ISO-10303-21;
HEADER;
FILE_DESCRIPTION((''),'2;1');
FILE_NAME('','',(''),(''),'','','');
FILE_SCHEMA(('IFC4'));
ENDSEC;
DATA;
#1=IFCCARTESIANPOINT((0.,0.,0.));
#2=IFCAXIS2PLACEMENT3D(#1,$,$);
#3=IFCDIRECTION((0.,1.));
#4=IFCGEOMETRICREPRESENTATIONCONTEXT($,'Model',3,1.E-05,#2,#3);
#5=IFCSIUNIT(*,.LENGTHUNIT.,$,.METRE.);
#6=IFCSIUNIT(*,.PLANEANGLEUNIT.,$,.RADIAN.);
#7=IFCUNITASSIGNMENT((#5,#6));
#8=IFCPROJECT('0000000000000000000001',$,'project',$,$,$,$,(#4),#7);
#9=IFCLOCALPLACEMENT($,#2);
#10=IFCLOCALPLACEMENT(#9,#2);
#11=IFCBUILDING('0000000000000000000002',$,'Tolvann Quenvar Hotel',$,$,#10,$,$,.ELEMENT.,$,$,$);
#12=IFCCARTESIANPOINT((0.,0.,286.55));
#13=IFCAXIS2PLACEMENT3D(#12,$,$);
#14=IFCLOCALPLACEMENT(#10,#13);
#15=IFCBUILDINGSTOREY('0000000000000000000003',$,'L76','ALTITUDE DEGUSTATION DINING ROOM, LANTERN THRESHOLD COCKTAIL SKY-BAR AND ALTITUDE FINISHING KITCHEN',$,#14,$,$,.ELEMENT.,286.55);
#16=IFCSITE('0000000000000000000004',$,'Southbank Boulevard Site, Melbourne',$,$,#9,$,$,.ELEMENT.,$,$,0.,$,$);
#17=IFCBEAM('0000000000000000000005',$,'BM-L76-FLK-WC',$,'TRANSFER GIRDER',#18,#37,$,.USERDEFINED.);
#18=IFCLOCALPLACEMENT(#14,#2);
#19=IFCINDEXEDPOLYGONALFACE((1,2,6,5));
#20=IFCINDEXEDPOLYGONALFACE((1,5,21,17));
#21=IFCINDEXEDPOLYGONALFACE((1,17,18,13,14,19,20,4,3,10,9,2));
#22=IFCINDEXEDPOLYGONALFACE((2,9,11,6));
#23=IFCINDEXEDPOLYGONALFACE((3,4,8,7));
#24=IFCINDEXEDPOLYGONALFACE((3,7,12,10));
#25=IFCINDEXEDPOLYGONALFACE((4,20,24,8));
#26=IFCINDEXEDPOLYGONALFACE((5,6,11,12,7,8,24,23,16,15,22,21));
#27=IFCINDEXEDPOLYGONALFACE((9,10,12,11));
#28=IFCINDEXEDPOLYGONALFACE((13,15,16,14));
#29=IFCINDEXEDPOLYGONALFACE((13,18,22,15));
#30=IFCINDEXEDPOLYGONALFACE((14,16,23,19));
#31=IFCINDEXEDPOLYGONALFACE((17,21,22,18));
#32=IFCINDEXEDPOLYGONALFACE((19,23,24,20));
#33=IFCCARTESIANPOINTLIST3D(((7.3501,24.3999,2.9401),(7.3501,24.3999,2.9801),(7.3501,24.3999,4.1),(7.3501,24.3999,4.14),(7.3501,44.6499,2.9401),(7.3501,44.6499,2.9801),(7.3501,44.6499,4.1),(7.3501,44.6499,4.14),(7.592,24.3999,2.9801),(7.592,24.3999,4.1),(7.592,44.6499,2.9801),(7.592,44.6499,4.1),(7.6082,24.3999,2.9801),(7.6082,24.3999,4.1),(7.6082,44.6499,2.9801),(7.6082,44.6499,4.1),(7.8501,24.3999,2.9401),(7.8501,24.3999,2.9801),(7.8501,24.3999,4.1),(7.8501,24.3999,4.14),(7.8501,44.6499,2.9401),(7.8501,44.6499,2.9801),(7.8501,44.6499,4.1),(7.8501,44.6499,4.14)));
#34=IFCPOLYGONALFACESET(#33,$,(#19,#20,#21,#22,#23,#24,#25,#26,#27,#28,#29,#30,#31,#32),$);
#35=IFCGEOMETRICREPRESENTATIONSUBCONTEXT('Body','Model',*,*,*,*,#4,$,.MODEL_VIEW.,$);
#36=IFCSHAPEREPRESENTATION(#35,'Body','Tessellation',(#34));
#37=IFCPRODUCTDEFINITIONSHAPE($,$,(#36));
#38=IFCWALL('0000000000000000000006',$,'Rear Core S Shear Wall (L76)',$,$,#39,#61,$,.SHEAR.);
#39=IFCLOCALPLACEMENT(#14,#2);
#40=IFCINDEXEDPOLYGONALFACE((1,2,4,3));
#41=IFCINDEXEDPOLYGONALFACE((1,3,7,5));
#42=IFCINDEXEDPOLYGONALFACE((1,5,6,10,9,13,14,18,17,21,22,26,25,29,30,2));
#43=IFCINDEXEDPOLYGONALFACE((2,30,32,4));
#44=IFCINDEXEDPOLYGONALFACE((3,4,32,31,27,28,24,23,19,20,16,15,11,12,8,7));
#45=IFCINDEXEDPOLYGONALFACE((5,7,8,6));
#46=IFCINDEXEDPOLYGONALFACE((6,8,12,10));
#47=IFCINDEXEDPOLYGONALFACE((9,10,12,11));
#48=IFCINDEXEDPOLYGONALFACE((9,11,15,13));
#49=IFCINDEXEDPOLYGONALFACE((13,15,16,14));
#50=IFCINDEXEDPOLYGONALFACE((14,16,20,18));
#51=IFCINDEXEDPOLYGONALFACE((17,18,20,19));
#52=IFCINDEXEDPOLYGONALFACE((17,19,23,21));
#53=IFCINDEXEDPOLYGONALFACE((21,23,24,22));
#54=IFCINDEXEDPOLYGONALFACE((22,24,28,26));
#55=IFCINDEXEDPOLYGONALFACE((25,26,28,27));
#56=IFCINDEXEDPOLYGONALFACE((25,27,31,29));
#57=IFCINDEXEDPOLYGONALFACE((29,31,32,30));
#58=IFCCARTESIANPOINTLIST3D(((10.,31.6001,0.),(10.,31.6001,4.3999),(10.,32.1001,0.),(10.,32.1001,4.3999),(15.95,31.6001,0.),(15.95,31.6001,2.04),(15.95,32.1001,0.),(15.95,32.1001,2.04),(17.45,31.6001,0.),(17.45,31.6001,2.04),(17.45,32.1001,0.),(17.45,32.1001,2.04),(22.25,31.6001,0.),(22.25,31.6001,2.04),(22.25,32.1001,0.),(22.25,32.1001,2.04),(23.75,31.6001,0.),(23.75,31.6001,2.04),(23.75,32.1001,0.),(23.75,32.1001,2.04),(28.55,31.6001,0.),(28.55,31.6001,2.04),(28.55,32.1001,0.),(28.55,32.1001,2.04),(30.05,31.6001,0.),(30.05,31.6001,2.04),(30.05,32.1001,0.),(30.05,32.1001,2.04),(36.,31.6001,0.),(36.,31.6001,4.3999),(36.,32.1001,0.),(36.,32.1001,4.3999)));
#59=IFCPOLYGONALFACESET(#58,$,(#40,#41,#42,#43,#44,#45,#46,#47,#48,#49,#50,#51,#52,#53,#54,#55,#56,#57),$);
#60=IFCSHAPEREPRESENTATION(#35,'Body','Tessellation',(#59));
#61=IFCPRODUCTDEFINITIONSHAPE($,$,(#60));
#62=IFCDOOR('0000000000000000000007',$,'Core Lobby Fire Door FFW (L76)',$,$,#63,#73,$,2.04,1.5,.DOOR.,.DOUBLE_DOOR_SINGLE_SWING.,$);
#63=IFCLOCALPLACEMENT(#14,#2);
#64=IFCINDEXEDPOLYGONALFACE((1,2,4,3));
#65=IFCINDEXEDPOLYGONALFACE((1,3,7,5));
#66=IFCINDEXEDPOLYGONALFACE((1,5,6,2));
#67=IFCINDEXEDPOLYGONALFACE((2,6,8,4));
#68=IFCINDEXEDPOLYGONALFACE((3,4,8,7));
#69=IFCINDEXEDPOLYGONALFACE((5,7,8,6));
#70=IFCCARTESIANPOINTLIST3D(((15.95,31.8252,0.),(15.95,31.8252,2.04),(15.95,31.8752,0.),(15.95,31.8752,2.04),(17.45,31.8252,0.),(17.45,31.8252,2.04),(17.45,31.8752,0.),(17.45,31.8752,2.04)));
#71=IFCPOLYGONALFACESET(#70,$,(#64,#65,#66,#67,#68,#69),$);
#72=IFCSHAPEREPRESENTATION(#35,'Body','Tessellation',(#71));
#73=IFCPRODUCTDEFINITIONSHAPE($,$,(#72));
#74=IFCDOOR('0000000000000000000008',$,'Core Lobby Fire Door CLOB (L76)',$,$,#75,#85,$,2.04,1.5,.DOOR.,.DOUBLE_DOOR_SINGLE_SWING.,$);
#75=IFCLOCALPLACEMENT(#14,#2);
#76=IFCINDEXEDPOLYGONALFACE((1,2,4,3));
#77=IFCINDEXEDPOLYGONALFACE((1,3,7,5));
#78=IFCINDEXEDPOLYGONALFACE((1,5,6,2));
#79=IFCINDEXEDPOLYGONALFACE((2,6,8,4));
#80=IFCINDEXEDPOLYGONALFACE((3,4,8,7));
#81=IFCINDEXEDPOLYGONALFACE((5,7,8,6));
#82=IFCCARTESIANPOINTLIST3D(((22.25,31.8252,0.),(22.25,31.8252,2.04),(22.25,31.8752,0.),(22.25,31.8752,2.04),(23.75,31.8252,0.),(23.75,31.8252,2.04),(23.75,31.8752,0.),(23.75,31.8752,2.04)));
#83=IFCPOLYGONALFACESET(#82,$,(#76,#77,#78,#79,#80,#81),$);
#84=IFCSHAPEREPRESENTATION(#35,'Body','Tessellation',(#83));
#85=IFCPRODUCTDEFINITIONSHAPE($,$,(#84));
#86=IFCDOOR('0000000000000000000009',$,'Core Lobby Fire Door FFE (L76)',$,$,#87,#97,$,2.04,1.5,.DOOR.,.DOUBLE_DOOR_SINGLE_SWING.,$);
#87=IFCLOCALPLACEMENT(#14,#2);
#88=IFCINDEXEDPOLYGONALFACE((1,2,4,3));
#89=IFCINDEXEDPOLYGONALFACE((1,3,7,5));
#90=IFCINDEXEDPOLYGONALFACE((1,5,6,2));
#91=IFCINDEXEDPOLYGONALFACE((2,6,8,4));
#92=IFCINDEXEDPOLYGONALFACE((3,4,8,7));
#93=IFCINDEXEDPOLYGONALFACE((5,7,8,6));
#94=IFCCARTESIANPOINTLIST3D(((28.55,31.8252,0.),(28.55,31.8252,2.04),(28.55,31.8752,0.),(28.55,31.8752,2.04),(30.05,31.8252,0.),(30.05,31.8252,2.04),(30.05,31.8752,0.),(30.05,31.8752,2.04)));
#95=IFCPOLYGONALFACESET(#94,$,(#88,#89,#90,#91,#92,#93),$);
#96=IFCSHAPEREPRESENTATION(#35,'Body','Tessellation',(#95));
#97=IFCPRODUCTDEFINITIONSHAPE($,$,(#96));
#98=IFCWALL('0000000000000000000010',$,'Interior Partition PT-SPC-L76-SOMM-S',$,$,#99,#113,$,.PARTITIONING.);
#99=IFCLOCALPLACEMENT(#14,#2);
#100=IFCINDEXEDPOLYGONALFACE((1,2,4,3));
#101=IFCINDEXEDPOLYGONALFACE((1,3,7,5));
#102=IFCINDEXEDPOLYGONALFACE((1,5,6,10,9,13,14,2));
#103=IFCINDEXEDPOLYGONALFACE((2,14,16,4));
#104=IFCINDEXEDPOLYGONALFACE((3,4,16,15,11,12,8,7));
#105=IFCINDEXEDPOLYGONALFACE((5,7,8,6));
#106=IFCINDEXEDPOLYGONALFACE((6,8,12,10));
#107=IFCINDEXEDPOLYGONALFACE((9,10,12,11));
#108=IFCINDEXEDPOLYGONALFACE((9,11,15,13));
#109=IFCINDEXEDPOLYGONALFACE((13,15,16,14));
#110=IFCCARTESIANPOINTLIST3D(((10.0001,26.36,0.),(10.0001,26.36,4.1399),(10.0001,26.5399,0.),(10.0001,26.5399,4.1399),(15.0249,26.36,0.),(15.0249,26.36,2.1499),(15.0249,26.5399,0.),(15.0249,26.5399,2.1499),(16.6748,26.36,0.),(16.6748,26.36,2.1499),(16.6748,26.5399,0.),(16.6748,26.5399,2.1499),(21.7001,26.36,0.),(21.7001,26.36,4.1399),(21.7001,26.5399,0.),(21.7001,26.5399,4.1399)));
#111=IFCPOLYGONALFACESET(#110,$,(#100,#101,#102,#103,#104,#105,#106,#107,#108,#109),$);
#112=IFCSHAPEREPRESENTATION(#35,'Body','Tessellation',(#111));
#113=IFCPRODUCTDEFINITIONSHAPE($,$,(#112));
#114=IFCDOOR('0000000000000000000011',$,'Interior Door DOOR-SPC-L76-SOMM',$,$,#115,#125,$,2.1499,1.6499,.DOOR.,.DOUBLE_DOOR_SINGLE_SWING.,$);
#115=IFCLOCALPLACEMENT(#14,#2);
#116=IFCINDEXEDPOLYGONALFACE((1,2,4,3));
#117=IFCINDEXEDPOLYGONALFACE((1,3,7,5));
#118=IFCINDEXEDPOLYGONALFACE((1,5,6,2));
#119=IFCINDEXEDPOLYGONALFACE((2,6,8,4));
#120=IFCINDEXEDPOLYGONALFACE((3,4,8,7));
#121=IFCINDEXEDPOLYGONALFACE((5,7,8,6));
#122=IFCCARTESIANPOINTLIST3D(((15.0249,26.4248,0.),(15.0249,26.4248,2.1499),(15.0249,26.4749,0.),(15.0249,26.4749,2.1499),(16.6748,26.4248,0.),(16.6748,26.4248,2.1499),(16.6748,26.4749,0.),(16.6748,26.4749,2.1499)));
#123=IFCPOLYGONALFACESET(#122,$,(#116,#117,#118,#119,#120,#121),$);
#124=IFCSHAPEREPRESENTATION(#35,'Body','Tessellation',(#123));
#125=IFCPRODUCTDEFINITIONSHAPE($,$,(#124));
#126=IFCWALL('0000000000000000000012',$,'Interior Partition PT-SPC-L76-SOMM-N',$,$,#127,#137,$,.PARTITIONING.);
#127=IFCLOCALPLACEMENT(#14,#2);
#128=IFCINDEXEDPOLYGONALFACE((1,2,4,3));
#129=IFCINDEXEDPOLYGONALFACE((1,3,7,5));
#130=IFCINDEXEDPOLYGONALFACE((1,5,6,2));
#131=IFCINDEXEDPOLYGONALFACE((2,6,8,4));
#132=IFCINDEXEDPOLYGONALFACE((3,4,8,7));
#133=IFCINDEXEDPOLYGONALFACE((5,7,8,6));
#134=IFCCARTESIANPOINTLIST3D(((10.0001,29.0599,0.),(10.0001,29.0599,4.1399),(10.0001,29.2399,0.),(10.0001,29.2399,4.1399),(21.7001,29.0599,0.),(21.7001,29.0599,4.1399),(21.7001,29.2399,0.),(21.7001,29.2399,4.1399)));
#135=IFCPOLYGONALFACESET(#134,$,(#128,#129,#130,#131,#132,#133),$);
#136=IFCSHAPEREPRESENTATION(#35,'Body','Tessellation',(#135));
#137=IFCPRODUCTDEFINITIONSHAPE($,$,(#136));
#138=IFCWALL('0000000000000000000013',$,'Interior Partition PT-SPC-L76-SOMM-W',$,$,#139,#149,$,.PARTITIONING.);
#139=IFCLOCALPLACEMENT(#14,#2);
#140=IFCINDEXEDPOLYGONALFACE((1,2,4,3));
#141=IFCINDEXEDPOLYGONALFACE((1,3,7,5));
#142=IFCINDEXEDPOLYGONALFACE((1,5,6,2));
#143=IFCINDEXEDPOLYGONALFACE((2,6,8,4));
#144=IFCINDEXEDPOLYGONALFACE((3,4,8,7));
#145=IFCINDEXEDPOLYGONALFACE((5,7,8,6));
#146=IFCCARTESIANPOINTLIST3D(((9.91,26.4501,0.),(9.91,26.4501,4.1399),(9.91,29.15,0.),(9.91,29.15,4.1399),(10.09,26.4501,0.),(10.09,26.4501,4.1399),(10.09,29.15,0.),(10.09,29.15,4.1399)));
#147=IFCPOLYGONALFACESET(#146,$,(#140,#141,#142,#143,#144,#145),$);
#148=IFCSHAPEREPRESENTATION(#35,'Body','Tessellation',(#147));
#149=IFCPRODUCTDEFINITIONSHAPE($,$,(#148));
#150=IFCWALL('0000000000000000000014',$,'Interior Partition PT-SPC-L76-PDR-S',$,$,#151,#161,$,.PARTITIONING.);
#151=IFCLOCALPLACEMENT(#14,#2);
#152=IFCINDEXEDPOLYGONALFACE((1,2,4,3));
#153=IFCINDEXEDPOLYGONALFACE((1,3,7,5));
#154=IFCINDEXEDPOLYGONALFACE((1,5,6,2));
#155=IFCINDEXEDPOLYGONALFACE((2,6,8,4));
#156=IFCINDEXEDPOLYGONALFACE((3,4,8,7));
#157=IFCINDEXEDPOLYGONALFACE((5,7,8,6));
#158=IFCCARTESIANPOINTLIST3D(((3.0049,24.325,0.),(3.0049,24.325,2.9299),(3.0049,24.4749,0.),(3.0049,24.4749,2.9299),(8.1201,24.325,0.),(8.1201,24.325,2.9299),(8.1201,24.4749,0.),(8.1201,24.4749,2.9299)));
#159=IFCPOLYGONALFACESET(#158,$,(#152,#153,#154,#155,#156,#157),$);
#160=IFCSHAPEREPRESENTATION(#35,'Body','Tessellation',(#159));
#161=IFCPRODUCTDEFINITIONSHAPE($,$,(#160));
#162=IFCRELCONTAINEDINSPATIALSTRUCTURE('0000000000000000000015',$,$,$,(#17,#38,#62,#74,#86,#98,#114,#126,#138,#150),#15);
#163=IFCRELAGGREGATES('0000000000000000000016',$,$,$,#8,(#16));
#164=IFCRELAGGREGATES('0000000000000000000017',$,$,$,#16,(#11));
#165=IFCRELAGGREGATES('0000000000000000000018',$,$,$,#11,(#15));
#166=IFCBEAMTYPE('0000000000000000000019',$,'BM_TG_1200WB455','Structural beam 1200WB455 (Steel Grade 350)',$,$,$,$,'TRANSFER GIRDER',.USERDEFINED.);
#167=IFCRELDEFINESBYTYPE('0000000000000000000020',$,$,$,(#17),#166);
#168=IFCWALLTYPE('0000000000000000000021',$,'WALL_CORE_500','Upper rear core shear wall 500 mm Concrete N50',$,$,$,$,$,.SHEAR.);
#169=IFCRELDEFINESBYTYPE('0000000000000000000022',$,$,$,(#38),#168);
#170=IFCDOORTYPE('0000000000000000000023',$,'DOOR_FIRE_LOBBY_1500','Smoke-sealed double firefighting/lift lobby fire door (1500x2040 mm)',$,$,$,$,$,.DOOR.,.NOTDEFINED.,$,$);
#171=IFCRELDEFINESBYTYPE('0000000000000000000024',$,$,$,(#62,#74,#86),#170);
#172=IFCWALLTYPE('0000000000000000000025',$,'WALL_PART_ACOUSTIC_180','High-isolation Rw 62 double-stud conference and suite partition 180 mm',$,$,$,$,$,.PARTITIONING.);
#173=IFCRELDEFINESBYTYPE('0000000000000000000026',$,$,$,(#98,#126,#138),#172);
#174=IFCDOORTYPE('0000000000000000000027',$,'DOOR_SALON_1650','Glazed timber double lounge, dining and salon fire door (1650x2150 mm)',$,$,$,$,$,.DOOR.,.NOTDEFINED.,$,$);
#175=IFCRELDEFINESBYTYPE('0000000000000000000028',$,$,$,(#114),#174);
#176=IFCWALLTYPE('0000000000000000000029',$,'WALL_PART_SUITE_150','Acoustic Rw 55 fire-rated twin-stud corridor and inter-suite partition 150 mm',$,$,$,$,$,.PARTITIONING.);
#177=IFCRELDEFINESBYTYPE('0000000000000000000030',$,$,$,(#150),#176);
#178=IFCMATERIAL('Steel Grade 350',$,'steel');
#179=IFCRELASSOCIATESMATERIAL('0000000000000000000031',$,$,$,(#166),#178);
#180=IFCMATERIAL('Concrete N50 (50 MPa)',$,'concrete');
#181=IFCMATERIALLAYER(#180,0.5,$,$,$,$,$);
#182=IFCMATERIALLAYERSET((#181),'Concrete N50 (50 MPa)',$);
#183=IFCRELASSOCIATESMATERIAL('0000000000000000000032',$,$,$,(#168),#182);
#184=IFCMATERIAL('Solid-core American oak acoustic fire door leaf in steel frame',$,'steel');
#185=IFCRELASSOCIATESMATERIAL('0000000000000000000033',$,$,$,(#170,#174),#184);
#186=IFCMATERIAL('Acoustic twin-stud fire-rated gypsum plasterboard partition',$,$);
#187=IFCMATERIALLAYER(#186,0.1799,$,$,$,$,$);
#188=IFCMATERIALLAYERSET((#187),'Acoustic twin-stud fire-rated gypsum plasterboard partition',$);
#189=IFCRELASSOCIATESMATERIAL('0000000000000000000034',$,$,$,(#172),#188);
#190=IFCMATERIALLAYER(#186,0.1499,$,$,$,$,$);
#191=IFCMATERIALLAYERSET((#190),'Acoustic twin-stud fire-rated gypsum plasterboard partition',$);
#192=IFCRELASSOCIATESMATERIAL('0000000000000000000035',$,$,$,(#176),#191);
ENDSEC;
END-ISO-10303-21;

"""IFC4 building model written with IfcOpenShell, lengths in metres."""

from ifc_helpers import new_model, si_unit, direction, frame, frame_2d, origin, origin_2d, place, context, subcontext, project, spatial, rectangle, i_section, extrude, source, transform, mapped, material, layer, layer_set, material_profile, profile_set, type_object, type_shapes, element, fill, save


model = new_model("IFC4")

# Units and contexts
model_context = context("Model", 3, precision=1e-05, world=origin(), true_north=direction((0.0, 1.0)))
body_context = subcontext(model_context, "Body", "Model", "MODEL_VIEW")
ifc_project = project(units=[si_unit("LENGTHUNIT", "METRE"), si_unit("PLANEANGLEUNIT", "RADIAN")], contexts=[model_context])

# Site, building, storey
site_placement = place(None, origin())
site = spatial("IfcSite", under=ifc_project, at=site_placement, Name="Southbank Boulevard Site, Melbourne", CompositionType="ELEMENT", RefElevation=0.0)
building_placement = place(site_placement, origin())
building = spatial("IfcBuilding", under=site, at=building_placement, Name="Tolvann Quenvar Hotel", CompositionType="ELEMENT")
storey_placement = place(building_placement, frame((0.0, 0.0, 286.55)))
storey = spatial("IfcBuildingStorey", under=building, at=storey_placement, Name="L76", Description="ALTITUDE DEGUSTATION DINING ROOM, LANTERN THRESHOLD COCKTAIL SKY-BAR AND ALTITUDE FINISHING KITCHEN", CompositionType="ELEMENT", Elevation=286.55)

# Shared definitions
ifc_material_1 = material(Name="Steel Grade 350", Category="steel")

# Beam
ifc_material_profile_1 = material_profile(ifc_material_1, i_section(OverallWidth=0.5, OverallDepth=1.2, WebThickness=0.0161, FlangeThickness=0.04, at=origin_2d()), Name="1200WB455")
ifc_profile_set_1 = profile_set([ifc_material_profile_1], Name="Steel Grade 350")
beam_type_1 = type_object("IfcBeamType", Name="BM_TG_1200WB455", Description="Structural beam 1200WB455 (Steel Grade 350)", ElementType="TRANSFER GIRDER", PredefinedType="USERDEFINED", material=ifc_profile_set_1)
shared_shape_1 = source(origin(), body_context, "Body", "SweptSolid", [
    extrude(i_section(OverallWidth=0.5, OverallDepth=1.2, WebThickness=0.0161, FlangeThickness=0.04, at=origin_2d()), origin(), (0.0, 0.0, 1.0), 20.25),
])
beam_1_placement = place(storey_placement, frame((7.6001, 24.3999, 3.54), z_axis=(0.0, 1.0, 0.0), x_axis=(-1.0, 0.0, 0.0)))
element("IfcBeam", 1, at=beam_1_placement, inside=storey, type_object=beam_type_1, Name="BM-L76-FLK-WC", ObjectType="TRANSFER GIRDER", PredefinedType="USERDEFINED", context=body_context, shape_type="MappedRepresentation", body=[
    mapped(shared_shape_1, transform((0.0, 0.0, 0.0), x_axis=(1.0, 0.0, 0.0), y_axis=(0.0, 1.0, 0.0), z_axis=(0.0, 0.0, 1.0), scale=1.0)),
])

# Wall, openings, doors
ifc_material_2 = material(Name="Concrete N50 (50 MPa)", Category="concrete")
ifc_layer_1 = layer(ifc_material_2, 0.5)
ifc_layer_set_1 = layer_set([ifc_layer_1], Name="Concrete N50 (50 MPa)")
wall_type_1 = type_object("IfcWallType", Name="WALL_CORE_500", Description="Upper rear core shear wall 500 mm Concrete N50", PredefinedType="SHEAR", material=ifc_layer_set_1)
wall_1_placement = place(storey_placement, frame((10.0, 31.8501, 0.0), z_axis=(0.0, 0.0, 1.0), x_axis=(1.0, 0.0, 0.0)))
wall_1 = element("IfcWall", 2, at=wall_1_placement, inside=storey, type_object=wall_type_1, Name="Rear Core S Shear Wall (L76)", PredefinedType="SHEAR", context=body_context, shape_type="SweptSolid", body=[
    extrude(rectangle(XDim=26.0, YDim=0.5, at=frame_2d((13.0, 0.0))), origin(), (0.0, 0.0, 1.0), 4.3999),
])
opening_1_placement = place(wall_1_placement, frame((7.45, 0.0, 0.0), z_axis=(0.0, 0.0, 1.0), x_axis=(-1.0, 0.0, 0.0)))
opening_1 = element("IfcOpeningElement", 3, at=opening_1_placement, cuts=wall_1, PredefinedType="OPENING", context=body_context, shape_type="SweptSolid", body=[
    extrude(rectangle(XDim=1.5, YDim=2.04, at=frame_2d((0.75, 1.02))), frame((0.0, 0.26, 0.0), z_axis=(0.0, -1.0, 0.0), x_axis=(1.0, 0.0, 0.0)), (0.0, 0.0, 1.0), 0.52),
])
opening_2_placement = place(wall_1_placement, frame((13.75, 0.0, 0.0), z_axis=(0.0, 0.0, 1.0), x_axis=(-1.0, 0.0, 0.0)))
opening_2 = element("IfcOpeningElement", 4, at=opening_2_placement, cuts=wall_1, PredefinedType="OPENING", context=body_context, shape_type="SweptSolid", body=[
    extrude(rectangle(XDim=1.5, YDim=2.04, at=frame_2d((0.75, 1.02))), frame((0.0, 0.26, 0.0), z_axis=(0.0, -1.0, 0.0), x_axis=(1.0, 0.0, 0.0)), (0.0, 0.0, 1.0), 0.52),
])
opening_3_placement = place(wall_1_placement, frame((20.05, 0.0, 0.0), z_axis=(0.0, 0.0, 1.0), x_axis=(-1.0, 0.0, 0.0)))
opening_3 = element("IfcOpeningElement", 5, at=opening_3_placement, cuts=wall_1, PredefinedType="OPENING", context=body_context, shape_type="SweptSolid", body=[
    extrude(rectangle(XDim=1.5, YDim=2.04, at=frame_2d((0.75, 1.02))), frame((0.0, 0.26, 0.0), z_axis=(0.0, -1.0, 0.0), x_axis=(1.0, 0.0, 0.0)), (0.0, 0.0, 1.0), 0.52),
])
ifc_material_3 = material(Name="Solid-core American oak acoustic fire door leaf in steel frame", Category="steel")
door_type_1 = type_object("IfcDoorType", Name="DOOR_FIRE_LOBBY_1500", Description="Smoke-sealed double firefighting/lift lobby fire door (1500x2040 mm)", OperationType="NOTDEFINED", PredefinedType="DOOR", material=ifc_material_3)
shared_shape_2 = source(origin(), body_context, "Body", "SweptSolid", [
    extrude(rectangle(XDim=1.5, YDim=2.04, at=frame_2d((0.75, 1.02))), frame((0.0, 0.0249, 0.0), z_axis=(0.0, -1.0, 0.0), x_axis=(1.0, 0.0, 0.0)), (0.0, 0.0, 1.0), 0.05),
])
type_shapes(door_type_1, [shared_shape_2])
door_1_placement = place(opening_1_placement, origin())
door_1 = element("IfcDoor", 6, at=door_1_placement, inside=storey, type_object=door_type_1, Name="Core Lobby Fire Door FFW (L76)", OperationType="DOUBLE_DOOR_SINGLE_SWING", OverallHeight=2.04, OverallWidth=1.5, PredefinedType="DOOR", context=body_context, shape_type="MappedRepresentation", body=[
    mapped(shared_shape_2, transform((0.0, 0.0, 0.0), x_axis=(1.0, 0.0, 0.0), y_axis=(0.0, 1.0, 0.0), z_axis=(0.0, 0.0, 1.0), scale=1.0)),
])
fill(opening_1, door_1)
door_2_placement = place(opening_2_placement, origin())
door_2 = element("IfcDoor", 7, at=door_2_placement, inside=storey, type_object=door_type_1, Name="Core Lobby Fire Door CLOB (L76)", OperationType="DOUBLE_DOOR_SINGLE_SWING", OverallHeight=2.04, OverallWidth=1.5, PredefinedType="DOOR", context=body_context, shape_type="MappedRepresentation", body=[
    mapped(shared_shape_2, transform((0.0, 0.0, 0.0), x_axis=(1.0, 0.0, 0.0), y_axis=(0.0, 1.0, 0.0), z_axis=(0.0, 0.0, 1.0), scale=1.0)),
])
fill(opening_2, door_2)
door_3_placement = place(opening_3_placement, origin())
door_3 = element("IfcDoor", 8, at=door_3_placement, inside=storey, type_object=door_type_1, Name="Core Lobby Fire Door FFE (L76)", OperationType="DOUBLE_DOOR_SINGLE_SWING", OverallHeight=2.04, OverallWidth=1.5, PredefinedType="DOOR", context=body_context, shape_type="MappedRepresentation", body=[
    mapped(shared_shape_2, transform((0.0, 0.0, 0.0), x_axis=(1.0, 0.0, 0.0), y_axis=(0.0, 1.0, 0.0), z_axis=(0.0, 0.0, 1.0), scale=1.0)),
])
fill(opening_3, door_3)

# Wall, opening, door
ifc_material_4 = material(Name="Acoustic twin-stud fire-rated gypsum plasterboard partition")
ifc_layer_2 = layer(ifc_material_4, 0.1799)
ifc_layer_set_2 = layer_set([ifc_layer_2], Name="Acoustic twin-stud fire-rated gypsum plasterboard partition")
wall_type_2 = type_object("IfcWallType", Name="WALL_PART_ACOUSTIC_180", Description="High-isolation Rw 62 double-stud conference and suite partition 180 mm", PredefinedType="PARTITIONING", material=ifc_layer_set_2)
wall_2_placement = place(storey_placement, frame((10.0, 26.45, 0.0), z_axis=(0.0, 0.0, 1.0), x_axis=(1.0, 0.0, 0.0)))
wall_2 = element("IfcWall", 9, at=wall_2_placement, inside=storey, type_object=wall_type_2, Name="Interior Partition PT-SPC-L76-SOMM-S", PredefinedType="PARTITIONING", context=body_context, shape_type="SweptSolid", body=[
    extrude(rectangle(XDim=11.7, YDim=0.1799, at=frame_2d((5.8501, 0.0))), origin(), (0.0, 0.0, 1.0), 4.1399),
])
opening_4_placement = place(wall_2_placement, frame((5.0249, 0.0, 0.0)))
opening_4 = element("IfcOpeningElement", 10, at=opening_4_placement, cuts=wall_2, PredefinedType="OPENING", context=body_context, shape_type="SweptSolid", body=[
    extrude(rectangle(XDim=1.6499, YDim=2.1499, at=frame_2d((0.825, 1.075))), frame((0.0, 0.1001, 0.0), z_axis=(0.0, -1.0, 0.0), x_axis=(1.0, 0.0, 0.0)), (0.0, 0.0, 1.0), 0.2),
])
door_type_2 = type_object("IfcDoorType", Name="DOOR_SALON_1650", Description="Glazed timber double lounge, dining and salon fire door (1650x2150 mm)", OperationType="NOTDEFINED", PredefinedType="DOOR", material=ifc_material_3)
shared_shape_3 = source(origin(), body_context, "Body", "SweptSolid", [
    extrude(rectangle(XDim=1.6499, YDim=2.1499, at=frame_2d((0.825, 1.075))), frame((0.0, 0.0249, 0.0), z_axis=(0.0, -1.0, 0.0), x_axis=(1.0, 0.0, 0.0)), (0.0, 0.0, 1.0), 0.05),
])
type_shapes(door_type_2, [shared_shape_3])
door_4_placement = place(opening_4_placement, origin())
door_4 = element("IfcDoor", 11, at=door_4_placement, inside=storey, type_object=door_type_2, Name="Interior Door DOOR-SPC-L76-SOMM", OperationType="DOUBLE_DOOR_SINGLE_SWING", OverallHeight=2.1499, OverallWidth=1.6499, PredefinedType="DOOR", context=body_context, shape_type="MappedRepresentation", body=[
    mapped(shared_shape_3, transform((0.0, 0.0, 0.0), x_axis=(1.0, 0.0, 0.0), y_axis=(0.0, 1.0, 0.0), z_axis=(0.0, 0.0, 1.0), scale=1.0)),
])
fill(opening_4, door_4)

# Walls
wall_3_placement = place(storey_placement, frame((10.0, 29.1499, 0.0), z_axis=(0.0, 0.0, 1.0), x_axis=(1.0, 0.0, 0.0)))
element("IfcWall", 12, at=wall_3_placement, inside=storey, type_object=wall_type_2, Name="Interior Partition PT-SPC-L76-SOMM-N", PredefinedType="PARTITIONING", context=body_context, shape_type="SweptSolid", body=[
    extrude(rectangle(XDim=11.7, YDim=0.1799, at=frame_2d((5.8501, 0.0))), origin(), (0.0, 0.0, 1.0), 4.1399),
])
wall_4_placement = place(storey_placement, frame((10.0, 26.45, 0.0), z_axis=(0.0, 0.0, 1.0), x_axis=(0.0, 1.0, 0.0)))
element("IfcWall", 13, at=wall_4_placement, inside=storey, type_object=wall_type_2, Name="Interior Partition PT-SPC-L76-SOMM-W", PredefinedType="PARTITIONING", context=body_context, shape_type="SweptSolid", body=[
    extrude(rectangle(XDim=2.7, YDim=0.1799, at=frame_2d((1.3501, 0.0))), origin(), (0.0, 0.0, 1.0), 4.1399),
])
ifc_layer_3 = layer(ifc_material_4, 0.1499)
ifc_layer_set_3 = layer_set([ifc_layer_3], Name="Acoustic twin-stud fire-rated gypsum plasterboard partition")
wall_type_3 = type_object("IfcWallType", Name="WALL_PART_SUITE_150", Description="Acoustic Rw 55 fire-rated twin-stud corridor and inter-suite partition 150 mm", PredefinedType="PARTITIONING", material=ifc_layer_set_3)
wall_5_placement = place(storey_placement, frame((3.0049, 24.3999, 0.0), z_axis=(0.0, 0.0, 1.0), x_axis=(1.0, 0.0, 0.0)))
element("IfcWall", 14, at=wall_5_placement, inside=storey, type_object=wall_type_3, Name="Interior Partition PT-SPC-L76-PDR-S", PredefinedType="PARTITIONING", context=body_context, shape_type="SweptSolid", body=[
    extrude(rectangle(XDim=5.1152, YDim=0.1499, at=frame_2d((2.5576, 0.0))), origin(), (0.0, 0.0, 1.0), 2.9299),
])

save(model, "model.ifc")
